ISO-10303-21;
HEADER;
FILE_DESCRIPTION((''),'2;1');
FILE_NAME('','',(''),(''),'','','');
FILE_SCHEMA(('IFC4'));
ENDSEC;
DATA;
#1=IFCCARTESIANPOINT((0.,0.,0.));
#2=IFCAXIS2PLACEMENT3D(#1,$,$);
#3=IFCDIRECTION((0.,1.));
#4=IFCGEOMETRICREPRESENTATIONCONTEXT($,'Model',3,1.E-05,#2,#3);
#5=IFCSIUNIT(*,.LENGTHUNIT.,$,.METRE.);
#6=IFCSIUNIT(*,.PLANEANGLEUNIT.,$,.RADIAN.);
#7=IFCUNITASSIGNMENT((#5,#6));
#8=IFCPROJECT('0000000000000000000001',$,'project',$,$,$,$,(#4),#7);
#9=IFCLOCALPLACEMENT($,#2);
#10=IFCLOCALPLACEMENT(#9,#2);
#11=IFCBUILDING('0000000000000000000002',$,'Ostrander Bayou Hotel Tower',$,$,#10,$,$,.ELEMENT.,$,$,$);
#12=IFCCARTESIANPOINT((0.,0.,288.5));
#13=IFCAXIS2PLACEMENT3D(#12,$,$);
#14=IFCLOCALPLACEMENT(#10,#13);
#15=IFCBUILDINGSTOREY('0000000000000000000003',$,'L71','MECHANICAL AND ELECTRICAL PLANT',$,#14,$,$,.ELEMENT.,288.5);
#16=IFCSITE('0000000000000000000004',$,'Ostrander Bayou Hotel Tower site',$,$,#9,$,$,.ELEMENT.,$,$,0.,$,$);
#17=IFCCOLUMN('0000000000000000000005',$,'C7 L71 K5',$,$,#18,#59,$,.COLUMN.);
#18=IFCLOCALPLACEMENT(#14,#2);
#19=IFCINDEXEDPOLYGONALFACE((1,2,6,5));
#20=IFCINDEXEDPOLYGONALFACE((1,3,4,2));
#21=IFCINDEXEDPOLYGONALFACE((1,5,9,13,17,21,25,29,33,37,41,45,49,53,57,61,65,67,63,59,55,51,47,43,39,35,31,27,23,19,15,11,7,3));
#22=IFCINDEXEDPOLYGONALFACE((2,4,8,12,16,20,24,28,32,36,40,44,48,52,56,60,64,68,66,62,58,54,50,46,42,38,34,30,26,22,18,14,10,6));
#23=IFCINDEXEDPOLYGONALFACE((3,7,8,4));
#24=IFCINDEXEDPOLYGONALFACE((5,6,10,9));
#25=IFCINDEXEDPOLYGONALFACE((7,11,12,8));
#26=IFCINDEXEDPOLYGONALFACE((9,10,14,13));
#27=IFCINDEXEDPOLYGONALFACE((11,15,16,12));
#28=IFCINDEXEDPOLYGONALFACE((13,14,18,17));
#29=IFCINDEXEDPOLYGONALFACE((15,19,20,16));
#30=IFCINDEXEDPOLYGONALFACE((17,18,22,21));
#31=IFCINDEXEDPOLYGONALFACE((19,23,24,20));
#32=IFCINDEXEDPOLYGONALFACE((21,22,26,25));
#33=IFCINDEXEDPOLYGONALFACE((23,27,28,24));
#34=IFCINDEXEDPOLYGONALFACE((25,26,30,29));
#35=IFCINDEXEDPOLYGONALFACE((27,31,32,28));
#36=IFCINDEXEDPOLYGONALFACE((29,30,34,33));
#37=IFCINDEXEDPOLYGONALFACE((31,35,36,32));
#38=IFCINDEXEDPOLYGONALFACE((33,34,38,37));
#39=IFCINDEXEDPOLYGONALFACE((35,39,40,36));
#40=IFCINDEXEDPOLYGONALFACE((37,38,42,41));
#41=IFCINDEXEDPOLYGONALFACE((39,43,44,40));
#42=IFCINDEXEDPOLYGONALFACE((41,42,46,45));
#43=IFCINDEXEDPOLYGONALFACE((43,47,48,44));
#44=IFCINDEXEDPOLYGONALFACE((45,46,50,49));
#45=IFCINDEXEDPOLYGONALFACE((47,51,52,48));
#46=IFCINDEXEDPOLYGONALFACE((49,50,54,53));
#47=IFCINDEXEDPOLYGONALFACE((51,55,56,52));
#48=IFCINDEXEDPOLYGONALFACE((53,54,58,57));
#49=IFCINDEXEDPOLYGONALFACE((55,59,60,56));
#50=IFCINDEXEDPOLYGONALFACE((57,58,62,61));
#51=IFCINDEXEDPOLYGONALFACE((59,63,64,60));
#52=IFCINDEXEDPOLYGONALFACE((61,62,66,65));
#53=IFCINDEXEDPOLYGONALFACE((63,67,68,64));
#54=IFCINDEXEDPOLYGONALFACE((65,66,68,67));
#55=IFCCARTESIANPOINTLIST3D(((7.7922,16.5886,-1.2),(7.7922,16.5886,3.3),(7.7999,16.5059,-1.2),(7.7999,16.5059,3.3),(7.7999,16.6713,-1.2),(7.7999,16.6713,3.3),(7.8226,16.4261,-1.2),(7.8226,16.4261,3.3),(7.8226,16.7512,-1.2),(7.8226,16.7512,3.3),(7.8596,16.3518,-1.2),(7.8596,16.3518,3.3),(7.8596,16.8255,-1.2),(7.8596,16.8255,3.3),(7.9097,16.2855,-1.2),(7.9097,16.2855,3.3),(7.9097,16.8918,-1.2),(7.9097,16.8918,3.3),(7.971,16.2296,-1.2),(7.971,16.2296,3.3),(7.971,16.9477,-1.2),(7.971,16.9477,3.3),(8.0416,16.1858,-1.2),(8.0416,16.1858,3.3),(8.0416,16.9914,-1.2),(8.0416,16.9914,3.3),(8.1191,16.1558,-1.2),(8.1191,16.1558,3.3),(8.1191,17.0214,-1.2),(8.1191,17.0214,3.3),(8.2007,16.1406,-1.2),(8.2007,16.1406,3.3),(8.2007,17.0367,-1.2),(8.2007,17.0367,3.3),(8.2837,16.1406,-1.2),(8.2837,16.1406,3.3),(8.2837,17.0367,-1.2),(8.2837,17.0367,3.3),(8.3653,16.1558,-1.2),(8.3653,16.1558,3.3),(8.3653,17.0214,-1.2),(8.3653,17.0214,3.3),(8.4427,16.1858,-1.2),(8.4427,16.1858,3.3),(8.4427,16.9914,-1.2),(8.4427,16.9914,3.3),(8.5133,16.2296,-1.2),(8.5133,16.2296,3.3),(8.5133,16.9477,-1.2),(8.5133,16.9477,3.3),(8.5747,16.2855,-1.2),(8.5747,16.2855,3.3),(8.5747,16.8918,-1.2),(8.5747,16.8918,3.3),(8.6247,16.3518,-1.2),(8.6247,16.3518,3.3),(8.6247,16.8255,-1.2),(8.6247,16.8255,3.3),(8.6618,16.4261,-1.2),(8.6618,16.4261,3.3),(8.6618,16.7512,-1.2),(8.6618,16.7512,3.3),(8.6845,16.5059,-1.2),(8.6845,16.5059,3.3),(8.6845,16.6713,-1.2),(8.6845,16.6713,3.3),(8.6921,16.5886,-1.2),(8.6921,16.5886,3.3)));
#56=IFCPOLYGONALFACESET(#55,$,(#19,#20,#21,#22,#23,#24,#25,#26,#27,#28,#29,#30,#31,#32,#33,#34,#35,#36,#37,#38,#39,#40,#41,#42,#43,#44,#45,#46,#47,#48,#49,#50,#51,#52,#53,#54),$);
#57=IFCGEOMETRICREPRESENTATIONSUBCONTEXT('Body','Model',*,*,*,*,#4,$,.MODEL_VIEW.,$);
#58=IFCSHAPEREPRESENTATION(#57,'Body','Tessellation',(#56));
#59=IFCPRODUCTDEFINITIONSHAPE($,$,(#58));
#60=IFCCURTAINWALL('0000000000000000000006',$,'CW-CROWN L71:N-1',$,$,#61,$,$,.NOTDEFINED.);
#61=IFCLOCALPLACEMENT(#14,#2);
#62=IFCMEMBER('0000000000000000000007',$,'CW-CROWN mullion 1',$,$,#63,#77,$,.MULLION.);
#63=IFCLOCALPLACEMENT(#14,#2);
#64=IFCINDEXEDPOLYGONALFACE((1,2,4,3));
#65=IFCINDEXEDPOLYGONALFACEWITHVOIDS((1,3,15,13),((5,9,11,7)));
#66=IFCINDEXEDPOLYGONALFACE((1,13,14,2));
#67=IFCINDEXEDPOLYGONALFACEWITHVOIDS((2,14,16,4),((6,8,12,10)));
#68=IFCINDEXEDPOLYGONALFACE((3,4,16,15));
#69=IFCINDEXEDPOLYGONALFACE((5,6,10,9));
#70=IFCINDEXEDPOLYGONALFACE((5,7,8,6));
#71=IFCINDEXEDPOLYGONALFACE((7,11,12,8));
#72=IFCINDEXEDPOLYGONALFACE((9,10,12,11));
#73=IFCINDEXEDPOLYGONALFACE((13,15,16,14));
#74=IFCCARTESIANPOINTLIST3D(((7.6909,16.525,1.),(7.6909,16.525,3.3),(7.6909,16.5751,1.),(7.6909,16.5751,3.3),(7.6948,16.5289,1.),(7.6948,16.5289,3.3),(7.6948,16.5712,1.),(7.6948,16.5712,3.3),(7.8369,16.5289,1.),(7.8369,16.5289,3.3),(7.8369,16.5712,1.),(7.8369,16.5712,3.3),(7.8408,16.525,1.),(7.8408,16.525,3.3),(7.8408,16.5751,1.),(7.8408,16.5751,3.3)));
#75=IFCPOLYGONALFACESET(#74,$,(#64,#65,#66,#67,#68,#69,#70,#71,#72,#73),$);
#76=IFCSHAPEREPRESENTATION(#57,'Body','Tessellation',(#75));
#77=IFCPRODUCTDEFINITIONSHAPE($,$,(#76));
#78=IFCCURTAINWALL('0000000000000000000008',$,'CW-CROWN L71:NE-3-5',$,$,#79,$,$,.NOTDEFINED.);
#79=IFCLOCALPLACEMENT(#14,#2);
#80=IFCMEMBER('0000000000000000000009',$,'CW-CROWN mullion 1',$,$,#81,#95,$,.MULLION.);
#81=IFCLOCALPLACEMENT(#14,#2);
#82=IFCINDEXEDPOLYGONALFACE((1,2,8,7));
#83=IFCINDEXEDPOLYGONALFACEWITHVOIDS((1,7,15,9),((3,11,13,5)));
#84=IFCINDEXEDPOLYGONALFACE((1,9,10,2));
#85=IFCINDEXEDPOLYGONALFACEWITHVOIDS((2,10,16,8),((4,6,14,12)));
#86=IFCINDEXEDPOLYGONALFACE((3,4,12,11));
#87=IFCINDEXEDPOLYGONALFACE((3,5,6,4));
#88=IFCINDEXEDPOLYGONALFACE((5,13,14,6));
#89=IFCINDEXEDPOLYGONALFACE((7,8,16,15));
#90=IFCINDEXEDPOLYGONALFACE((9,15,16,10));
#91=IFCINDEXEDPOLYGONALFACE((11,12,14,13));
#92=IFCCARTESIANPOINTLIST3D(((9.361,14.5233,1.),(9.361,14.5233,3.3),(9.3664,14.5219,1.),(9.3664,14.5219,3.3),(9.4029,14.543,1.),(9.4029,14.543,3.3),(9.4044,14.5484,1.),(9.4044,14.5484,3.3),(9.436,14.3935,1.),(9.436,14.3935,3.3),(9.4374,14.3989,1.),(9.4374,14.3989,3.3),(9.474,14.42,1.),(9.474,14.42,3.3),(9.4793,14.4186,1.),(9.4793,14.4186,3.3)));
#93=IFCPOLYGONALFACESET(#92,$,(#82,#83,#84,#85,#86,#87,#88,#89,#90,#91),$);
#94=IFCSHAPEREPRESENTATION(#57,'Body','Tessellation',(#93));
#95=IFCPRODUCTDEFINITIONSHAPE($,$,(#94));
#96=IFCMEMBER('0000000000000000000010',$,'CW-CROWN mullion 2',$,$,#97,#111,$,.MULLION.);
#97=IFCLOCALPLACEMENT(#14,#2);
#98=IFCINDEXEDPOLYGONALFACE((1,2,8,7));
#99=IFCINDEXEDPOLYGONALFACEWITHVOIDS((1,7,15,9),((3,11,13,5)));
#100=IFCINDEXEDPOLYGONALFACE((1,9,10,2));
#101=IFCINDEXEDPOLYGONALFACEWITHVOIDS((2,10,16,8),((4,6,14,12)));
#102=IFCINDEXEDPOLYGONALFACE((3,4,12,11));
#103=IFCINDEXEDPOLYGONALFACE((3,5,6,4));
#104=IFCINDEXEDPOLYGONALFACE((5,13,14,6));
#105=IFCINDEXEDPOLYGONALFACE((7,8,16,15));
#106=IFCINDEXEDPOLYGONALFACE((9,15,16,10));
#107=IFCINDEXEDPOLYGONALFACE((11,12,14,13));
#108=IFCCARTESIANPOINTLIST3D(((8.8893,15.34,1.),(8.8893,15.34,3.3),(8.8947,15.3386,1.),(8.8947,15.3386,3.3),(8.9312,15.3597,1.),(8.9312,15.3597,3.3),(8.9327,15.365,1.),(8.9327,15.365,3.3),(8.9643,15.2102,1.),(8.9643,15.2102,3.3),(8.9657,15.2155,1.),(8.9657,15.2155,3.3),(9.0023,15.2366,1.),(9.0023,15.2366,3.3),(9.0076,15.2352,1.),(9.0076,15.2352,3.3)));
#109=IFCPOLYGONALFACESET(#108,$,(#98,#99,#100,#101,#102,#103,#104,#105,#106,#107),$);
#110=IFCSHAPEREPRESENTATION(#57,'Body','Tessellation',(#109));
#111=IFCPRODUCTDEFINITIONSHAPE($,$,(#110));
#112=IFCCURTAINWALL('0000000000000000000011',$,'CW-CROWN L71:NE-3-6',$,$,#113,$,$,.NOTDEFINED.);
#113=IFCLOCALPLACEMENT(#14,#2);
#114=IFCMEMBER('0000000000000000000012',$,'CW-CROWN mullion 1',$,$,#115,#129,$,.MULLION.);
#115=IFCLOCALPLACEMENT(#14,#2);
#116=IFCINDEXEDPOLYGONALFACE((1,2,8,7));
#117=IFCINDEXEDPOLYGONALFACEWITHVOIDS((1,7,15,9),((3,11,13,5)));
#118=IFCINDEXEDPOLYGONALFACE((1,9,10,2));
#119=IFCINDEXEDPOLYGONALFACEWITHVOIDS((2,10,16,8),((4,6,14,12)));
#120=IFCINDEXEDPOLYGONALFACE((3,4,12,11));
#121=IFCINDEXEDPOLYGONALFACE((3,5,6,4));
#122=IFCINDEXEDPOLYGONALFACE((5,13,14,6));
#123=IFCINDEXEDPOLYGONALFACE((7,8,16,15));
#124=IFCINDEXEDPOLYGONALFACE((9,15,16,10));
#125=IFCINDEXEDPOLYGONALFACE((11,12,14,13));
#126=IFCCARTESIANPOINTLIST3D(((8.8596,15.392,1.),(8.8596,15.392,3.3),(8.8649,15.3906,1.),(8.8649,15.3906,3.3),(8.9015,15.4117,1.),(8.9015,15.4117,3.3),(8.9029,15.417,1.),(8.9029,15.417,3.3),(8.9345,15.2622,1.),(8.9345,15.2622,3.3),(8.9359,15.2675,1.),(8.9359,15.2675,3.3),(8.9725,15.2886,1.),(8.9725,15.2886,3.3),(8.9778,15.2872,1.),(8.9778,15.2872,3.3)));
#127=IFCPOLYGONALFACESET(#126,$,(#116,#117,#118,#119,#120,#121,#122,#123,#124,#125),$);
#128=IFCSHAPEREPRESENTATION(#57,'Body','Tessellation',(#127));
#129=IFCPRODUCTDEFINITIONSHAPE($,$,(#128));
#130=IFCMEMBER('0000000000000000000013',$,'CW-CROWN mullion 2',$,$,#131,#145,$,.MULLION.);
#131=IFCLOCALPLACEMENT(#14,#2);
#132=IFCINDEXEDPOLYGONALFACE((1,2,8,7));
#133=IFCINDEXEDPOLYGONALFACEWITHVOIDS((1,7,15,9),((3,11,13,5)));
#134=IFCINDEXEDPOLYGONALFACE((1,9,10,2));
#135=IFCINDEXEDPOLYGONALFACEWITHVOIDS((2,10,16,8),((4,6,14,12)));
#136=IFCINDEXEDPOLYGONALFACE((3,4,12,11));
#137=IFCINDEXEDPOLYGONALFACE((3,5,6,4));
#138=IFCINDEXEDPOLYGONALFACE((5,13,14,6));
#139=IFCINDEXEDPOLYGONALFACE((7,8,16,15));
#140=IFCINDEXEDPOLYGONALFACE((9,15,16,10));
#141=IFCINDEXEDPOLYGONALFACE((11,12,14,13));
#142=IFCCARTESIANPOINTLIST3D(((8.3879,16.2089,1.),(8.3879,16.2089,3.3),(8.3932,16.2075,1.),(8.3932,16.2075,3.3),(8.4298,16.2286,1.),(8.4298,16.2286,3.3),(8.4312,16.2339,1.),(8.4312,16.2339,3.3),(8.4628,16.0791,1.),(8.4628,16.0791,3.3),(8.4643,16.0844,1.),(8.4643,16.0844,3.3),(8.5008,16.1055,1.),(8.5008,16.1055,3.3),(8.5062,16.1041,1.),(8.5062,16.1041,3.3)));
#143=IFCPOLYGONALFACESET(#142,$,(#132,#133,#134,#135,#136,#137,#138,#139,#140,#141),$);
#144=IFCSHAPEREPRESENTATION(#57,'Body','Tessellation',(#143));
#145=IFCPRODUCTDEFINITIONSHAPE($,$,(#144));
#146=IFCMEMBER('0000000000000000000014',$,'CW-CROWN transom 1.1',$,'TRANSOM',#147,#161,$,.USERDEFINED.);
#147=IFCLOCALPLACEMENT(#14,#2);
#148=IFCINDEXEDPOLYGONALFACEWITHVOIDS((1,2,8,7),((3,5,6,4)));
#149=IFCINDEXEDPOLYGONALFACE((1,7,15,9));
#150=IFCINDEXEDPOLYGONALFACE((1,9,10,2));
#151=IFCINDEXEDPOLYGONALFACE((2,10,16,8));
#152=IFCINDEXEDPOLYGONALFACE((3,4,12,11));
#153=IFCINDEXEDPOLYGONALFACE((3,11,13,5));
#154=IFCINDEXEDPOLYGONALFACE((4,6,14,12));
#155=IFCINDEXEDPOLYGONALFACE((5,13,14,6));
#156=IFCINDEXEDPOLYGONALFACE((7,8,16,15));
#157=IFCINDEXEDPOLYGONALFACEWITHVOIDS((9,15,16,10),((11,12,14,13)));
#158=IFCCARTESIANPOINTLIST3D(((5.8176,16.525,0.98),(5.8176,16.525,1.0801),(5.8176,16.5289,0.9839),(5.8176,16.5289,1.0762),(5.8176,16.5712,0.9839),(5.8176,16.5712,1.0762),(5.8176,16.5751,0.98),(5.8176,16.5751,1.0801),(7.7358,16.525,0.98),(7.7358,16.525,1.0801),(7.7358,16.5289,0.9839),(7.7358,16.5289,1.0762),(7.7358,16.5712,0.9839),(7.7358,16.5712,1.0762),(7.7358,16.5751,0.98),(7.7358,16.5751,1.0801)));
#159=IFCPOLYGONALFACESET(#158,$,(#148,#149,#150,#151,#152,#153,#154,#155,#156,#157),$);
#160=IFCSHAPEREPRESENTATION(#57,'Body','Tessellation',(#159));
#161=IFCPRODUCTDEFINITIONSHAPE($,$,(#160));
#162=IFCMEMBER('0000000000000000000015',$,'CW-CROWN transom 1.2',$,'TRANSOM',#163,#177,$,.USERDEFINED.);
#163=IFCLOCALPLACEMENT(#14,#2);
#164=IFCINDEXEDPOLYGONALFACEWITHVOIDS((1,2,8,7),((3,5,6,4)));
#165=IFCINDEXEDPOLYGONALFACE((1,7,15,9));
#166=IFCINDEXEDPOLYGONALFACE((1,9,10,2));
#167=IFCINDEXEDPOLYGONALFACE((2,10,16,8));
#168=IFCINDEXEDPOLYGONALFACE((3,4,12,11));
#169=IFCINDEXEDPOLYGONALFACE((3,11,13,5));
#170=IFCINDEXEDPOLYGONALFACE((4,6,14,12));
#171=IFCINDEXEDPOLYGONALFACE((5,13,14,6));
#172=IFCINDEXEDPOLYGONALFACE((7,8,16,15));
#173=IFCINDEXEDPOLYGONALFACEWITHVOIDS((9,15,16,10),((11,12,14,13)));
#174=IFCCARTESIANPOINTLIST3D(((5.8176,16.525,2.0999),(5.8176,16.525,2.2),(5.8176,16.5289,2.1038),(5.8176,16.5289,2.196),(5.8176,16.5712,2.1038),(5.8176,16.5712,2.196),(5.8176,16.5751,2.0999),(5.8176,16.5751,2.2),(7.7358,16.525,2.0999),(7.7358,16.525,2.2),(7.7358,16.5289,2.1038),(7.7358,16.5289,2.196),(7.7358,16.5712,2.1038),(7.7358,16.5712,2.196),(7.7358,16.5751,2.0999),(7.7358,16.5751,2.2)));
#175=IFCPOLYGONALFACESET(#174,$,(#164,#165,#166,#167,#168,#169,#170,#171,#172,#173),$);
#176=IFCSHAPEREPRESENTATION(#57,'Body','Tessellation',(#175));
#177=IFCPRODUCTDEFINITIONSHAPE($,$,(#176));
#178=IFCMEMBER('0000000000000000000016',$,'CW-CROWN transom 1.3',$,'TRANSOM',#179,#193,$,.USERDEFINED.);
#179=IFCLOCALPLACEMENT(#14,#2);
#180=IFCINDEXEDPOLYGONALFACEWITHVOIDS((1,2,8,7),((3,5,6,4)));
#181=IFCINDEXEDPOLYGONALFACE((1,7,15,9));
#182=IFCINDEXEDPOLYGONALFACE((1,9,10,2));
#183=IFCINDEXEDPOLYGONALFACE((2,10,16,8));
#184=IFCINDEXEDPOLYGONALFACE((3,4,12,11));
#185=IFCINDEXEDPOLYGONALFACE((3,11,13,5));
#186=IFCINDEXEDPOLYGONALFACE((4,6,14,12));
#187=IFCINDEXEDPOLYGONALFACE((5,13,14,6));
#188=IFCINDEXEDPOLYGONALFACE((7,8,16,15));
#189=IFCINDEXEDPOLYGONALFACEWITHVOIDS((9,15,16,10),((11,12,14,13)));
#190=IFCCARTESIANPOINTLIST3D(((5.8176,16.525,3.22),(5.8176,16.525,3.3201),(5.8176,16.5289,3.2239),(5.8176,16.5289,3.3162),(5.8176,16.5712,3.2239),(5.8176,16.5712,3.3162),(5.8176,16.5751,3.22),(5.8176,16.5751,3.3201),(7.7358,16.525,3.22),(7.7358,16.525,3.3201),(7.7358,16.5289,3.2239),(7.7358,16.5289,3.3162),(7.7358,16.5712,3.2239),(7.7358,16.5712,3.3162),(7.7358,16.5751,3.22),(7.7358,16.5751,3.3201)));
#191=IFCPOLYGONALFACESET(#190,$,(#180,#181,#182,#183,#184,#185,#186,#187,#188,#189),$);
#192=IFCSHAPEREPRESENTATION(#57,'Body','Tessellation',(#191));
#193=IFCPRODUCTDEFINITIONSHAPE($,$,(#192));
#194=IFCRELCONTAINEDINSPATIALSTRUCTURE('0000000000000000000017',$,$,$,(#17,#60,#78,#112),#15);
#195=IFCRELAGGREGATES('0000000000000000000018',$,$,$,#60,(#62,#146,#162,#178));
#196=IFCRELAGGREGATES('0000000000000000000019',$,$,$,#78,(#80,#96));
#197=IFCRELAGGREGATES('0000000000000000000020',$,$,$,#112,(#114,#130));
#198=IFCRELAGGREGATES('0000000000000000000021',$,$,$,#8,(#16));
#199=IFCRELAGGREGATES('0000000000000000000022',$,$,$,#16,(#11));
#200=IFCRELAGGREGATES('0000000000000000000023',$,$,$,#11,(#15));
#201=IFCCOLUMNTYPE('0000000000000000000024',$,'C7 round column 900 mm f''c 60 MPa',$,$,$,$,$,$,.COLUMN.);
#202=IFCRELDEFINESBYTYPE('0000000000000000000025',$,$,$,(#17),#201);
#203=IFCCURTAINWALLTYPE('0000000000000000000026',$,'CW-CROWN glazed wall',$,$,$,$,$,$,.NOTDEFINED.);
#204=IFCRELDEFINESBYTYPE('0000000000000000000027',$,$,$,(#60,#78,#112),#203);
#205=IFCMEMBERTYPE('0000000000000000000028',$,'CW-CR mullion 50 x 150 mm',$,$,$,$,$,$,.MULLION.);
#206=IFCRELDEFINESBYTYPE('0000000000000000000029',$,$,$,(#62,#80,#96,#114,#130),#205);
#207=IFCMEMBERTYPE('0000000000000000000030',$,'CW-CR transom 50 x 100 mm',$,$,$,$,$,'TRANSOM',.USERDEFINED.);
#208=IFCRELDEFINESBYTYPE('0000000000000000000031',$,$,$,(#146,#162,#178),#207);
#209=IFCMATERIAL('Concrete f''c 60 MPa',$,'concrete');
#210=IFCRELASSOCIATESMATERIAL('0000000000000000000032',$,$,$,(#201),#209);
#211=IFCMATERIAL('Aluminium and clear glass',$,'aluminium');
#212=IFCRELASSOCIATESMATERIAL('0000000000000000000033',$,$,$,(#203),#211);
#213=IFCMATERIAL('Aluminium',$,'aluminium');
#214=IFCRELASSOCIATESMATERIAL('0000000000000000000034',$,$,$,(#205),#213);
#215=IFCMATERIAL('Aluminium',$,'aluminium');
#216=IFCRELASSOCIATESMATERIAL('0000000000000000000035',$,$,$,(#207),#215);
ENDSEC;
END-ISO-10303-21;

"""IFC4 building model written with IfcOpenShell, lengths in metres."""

from ifc_helpers import new_model, si_unit, direction, frame, origin, origin_2d, place, context, subcontext, project, spatial, hollow_rectangle, circle, extrude, material, material_profile, profile_set, type_object, element, aggregate, save


model = new_model("IFC4")

# Units and contexts
model_context = context("Model", 3, precision=1e-05, world=origin(), true_north=direction((0.0, 1.0)))
body_context = subcontext(model_context, "Body", "Model", "MODEL_VIEW")
ifc_project = project(units=[si_unit("LENGTHUNIT", "METRE"), si_unit("PLANEANGLEUNIT", "RADIAN")], contexts=[model_context])

# Site, building, storey
site_placement = place(None, origin())
site = spatial("IfcSite", under=ifc_project, at=site_placement, Name="Ostrander Bayou Hotel Tower site", CompositionType="ELEMENT", RefElevation=0.0)
building_placement = place(site_placement, origin())
building = spatial("IfcBuilding", under=site, at=building_placement, Name="Ostrander Bayou Hotel Tower", CompositionType="ELEMENT")
storey_placement = place(building_placement, frame((0.0, 0.0, 288.5)))
storey = spatial("IfcBuildingStorey", under=building, at=storey_placement, Name="L71", Description="MECHANICAL AND ELECTRICAL PLANT", CompositionType="ELEMENT", Elevation=288.5)

# Column
ifc_material_1 = material(Name="Concrete f'c 60 MPa", Category="concrete")
ifc_material_profile_1 = material_profile(ifc_material_1, circle(Radius=0.45, at=origin_2d()))
ifc_profile_set_1 = profile_set([ifc_material_profile_1], Name="Concrete f'c 60 MPa")
column_type = type_object("IfcColumnType", Name="C7 round column 900 mm f'c 60 MPa", PredefinedType="COLUMN", material=ifc_profile_set_1)
column_placement = place(storey_placement, frame((8.2422, 16.5886, -1.2), z_axis=(0.0, 0.0, 1.0), x_axis=(1.0, 0.0, 0.0)))
element("IfcColumn", 1, at=column_placement, inside=storey, type_object=column_type, Name="C7 L71 K5", PredefinedType="COLUMN", context=body_context, shape_type="SweptSolid", body=[
    extrude(circle(Radius=0.45, at=origin_2d()), origin(), (0.0, 0.0, 1.0), 4.5),
])

# Curtain wall, member
ifc_material_2 = material(Name="Aluminium and clear glass", Category="aluminium")
curtain_wall_type = type_object("IfcCurtainWallType", Name="CW-CROWN glazed wall", PredefinedType="NOTDEFINED", material=ifc_material_2)
curtain_wall_1_placement = place(storey_placement, origin())
curtain_wall_1 = element("IfcCurtainWall", 2, at=curtain_wall_1_placement, inside=storey, type_object=curtain_wall_type, Name="CW-CROWN L71:N-1", PredefinedType="NOTDEFINED")
ifc_material_3 = material(Name="Aluminium", Category="aluminium")
ifc_material_profile_2 = material_profile(ifc_material_3, hollow_rectangle(XDim=0.05, YDim=0.1499, WallThickness=0.0039, at=origin_2d()))
ifc_profile_set_2 = profile_set([ifc_material_profile_2], Name="Aluminium")
member_type_1 = type_object("IfcMemberType", Name="CW-CR mullion 50 x 150 mm", PredefinedType="MULLION", material=ifc_profile_set_2)
member_1_placement = place(storey_placement, frame((7.7659, 16.55, 1.0), z_axis=(0.0, 0.0, 1.0), x_axis=(0.0, -1.0, 0.0)))
member_1 = element("IfcMember", 3, at=member_1_placement, type_object=member_type_1, Name="CW-CROWN mullion 1", PredefinedType="MULLION", context=body_context, shape_type="SweptSolid", body=[
    extrude(hollow_rectangle(XDim=0.05, YDim=0.1499, WallThickness=0.0039, at=origin_2d()), origin(), (0.0, 0.0, 1.0), 2.3),
])

# Curtain walls, members
curtain_wall_2_placement = place(storey_placement, origin())
curtain_wall_2 = element("IfcCurtainWall", 4, at=curtain_wall_2_placement, inside=storey, type_object=curtain_wall_type, Name="CW-CROWN L71:NE-3-5", PredefinedType="NOTDEFINED")
member_2_placement = place(storey_placement, frame((9.4202, 14.4709, 1.0), z_axis=(0.0, 0.0, 1.0), x_axis=(-0.866001, -0.500042, 0.0)))
member_2 = element("IfcMember", 5, at=member_2_placement, type_object=member_type_1, Name="CW-CROWN mullion 1", PredefinedType="MULLION", context=body_context, shape_type="SweptSolid", body=[
    extrude(hollow_rectangle(XDim=0.05, YDim=0.1499, WallThickness=0.0039, at=origin_2d()), origin(), (0.0, 0.0, 1.0), 2.3),
])
member_3_placement = place(storey_placement, frame((8.9485, 15.2876, 1.0), z_axis=(0.0, 0.0, 1.0), x_axis=(-0.866001, -0.500042, 0.0)))
member_3 = element("IfcMember", 6, at=member_3_placement, type_object=member_type_1, Name="CW-CROWN mullion 2", PredefinedType="MULLION", context=body_context, shape_type="SweptSolid", body=[
    extrude(hollow_rectangle(XDim=0.05, YDim=0.1499, WallThickness=0.0039, at=origin_2d()), origin(), (0.0, 0.0, 1.0), 2.3),
])
curtain_wall_3_placement = place(storey_placement, origin())
curtain_wall_3 = element("IfcCurtainWall", 7, at=curtain_wall_3_placement, inside=storey, type_object=curtain_wall_type, Name="CW-CROWN L71:NE-3-6", PredefinedType="NOTDEFINED")
member_4_placement = place(storey_placement, frame((8.9187, 15.3396, 1.0), z_axis=(0.0, 0.0, 1.0), x_axis=(-0.866026, -0.499999, 0.0)))
member_4 = element("IfcMember", 8, at=member_4_placement, type_object=member_type_1, Name="CW-CROWN mullion 1", PredefinedType="MULLION", context=body_context, shape_type="SweptSolid", body=[
    extrude(hollow_rectangle(XDim=0.05, YDim=0.1499, WallThickness=0.0039, at=origin_2d()), origin(), (0.0, 0.0, 1.0), 2.3),
])
member_5_placement = place(storey_placement, frame((8.447, 16.1565, 1.0), z_axis=(0.0, 0.0, 1.0), x_axis=(-0.866026, -0.499999, 0.0)))
member_5 = element("IfcMember", 9, at=member_5_placement, type_object=member_type_1, Name="CW-CROWN mullion 2", PredefinedType="MULLION", context=body_context, shape_type="SweptSolid", body=[
    extrude(hollow_rectangle(XDim=0.05, YDim=0.1499, WallThickness=0.0039, at=origin_2d()), origin(), (0.0, 0.0, 1.0), 2.3),
])

# Members
ifc_material_4 = material(Name="Aluminium", Category="aluminium")
ifc_material_profile_3 = material_profile(ifc_material_4, hollow_rectangle(XDim=0.05, YDim=0.1001, WallThickness=0.0039, at=origin_2d()))
ifc_profile_set_3 = profile_set([ifc_material_profile_3], Name="Aluminium")
member_type_2 = type_object("IfcMemberType", Name="CW-CR transom 50 x 100 mm", ElementType="TRANSOM", PredefinedType="USERDEFINED", material=ifc_profile_set_3)
member_6_placement = place(storey_placement, frame((7.7358, 16.55, 1.03), z_axis=(-1.0, 0.0, 0.0), x_axis=(0.0, -1.0, 0.0)))
member_6 = element("IfcMember", 10, at=member_6_placement, type_object=member_type_2, Name="CW-CROWN transom 1.1", ObjectType="TRANSOM", PredefinedType="USERDEFINED", context=body_context, shape_type="SweptSolid", body=[
    extrude(hollow_rectangle(XDim=0.05, YDim=0.1001, WallThickness=0.0039, at=origin_2d()), origin(), (0.0, 0.0, 1.0), 1.9182),
])
member_7_placement = place(storey_placement, frame((7.7358, 16.55, 2.1499), z_axis=(-1.0, 0.0, 0.0), x_axis=(0.0, -1.0, 0.0)))
member_7 = element("IfcMember", 11, at=member_7_placement, type_object=member_type_2, Name="CW-CROWN transom 1.2", ObjectType="TRANSOM", PredefinedType="USERDEFINED", context=body_context, shape_type="SweptSolid", body=[
    extrude(hollow_rectangle(XDim=0.05, YDim=0.1001, WallThickness=0.0039, at=origin_2d()), origin(), (0.0, 0.0, 1.0), 1.9182),
])
member_8_placement = place(storey_placement, frame((7.7358, 16.55, 3.27), z_axis=(-1.0, 0.0, 0.0), x_axis=(0.0, -1.0, 0.0)))
member_8 = element("IfcMember", 12, at=member_8_placement, type_object=member_type_2, Name="CW-CROWN transom 1.3", ObjectType="TRANSOM", PredefinedType="USERDEFINED", context=body_context, shape_type="SweptSolid", body=[
    extrude(hollow_rectangle(XDim=0.05, YDim=0.1001, WallThickness=0.0039, at=origin_2d()), origin(), (0.0, 0.0, 1.0), 1.9182),
])
aggregate(curtain_wall_1, [member_1, member_6, member_7, member_8])

aggregate(curtain_wall_2, [member_2, member_3])
aggregate(curtain_wall_3, [member_4, member_5])

save(model, "model.ifc")
